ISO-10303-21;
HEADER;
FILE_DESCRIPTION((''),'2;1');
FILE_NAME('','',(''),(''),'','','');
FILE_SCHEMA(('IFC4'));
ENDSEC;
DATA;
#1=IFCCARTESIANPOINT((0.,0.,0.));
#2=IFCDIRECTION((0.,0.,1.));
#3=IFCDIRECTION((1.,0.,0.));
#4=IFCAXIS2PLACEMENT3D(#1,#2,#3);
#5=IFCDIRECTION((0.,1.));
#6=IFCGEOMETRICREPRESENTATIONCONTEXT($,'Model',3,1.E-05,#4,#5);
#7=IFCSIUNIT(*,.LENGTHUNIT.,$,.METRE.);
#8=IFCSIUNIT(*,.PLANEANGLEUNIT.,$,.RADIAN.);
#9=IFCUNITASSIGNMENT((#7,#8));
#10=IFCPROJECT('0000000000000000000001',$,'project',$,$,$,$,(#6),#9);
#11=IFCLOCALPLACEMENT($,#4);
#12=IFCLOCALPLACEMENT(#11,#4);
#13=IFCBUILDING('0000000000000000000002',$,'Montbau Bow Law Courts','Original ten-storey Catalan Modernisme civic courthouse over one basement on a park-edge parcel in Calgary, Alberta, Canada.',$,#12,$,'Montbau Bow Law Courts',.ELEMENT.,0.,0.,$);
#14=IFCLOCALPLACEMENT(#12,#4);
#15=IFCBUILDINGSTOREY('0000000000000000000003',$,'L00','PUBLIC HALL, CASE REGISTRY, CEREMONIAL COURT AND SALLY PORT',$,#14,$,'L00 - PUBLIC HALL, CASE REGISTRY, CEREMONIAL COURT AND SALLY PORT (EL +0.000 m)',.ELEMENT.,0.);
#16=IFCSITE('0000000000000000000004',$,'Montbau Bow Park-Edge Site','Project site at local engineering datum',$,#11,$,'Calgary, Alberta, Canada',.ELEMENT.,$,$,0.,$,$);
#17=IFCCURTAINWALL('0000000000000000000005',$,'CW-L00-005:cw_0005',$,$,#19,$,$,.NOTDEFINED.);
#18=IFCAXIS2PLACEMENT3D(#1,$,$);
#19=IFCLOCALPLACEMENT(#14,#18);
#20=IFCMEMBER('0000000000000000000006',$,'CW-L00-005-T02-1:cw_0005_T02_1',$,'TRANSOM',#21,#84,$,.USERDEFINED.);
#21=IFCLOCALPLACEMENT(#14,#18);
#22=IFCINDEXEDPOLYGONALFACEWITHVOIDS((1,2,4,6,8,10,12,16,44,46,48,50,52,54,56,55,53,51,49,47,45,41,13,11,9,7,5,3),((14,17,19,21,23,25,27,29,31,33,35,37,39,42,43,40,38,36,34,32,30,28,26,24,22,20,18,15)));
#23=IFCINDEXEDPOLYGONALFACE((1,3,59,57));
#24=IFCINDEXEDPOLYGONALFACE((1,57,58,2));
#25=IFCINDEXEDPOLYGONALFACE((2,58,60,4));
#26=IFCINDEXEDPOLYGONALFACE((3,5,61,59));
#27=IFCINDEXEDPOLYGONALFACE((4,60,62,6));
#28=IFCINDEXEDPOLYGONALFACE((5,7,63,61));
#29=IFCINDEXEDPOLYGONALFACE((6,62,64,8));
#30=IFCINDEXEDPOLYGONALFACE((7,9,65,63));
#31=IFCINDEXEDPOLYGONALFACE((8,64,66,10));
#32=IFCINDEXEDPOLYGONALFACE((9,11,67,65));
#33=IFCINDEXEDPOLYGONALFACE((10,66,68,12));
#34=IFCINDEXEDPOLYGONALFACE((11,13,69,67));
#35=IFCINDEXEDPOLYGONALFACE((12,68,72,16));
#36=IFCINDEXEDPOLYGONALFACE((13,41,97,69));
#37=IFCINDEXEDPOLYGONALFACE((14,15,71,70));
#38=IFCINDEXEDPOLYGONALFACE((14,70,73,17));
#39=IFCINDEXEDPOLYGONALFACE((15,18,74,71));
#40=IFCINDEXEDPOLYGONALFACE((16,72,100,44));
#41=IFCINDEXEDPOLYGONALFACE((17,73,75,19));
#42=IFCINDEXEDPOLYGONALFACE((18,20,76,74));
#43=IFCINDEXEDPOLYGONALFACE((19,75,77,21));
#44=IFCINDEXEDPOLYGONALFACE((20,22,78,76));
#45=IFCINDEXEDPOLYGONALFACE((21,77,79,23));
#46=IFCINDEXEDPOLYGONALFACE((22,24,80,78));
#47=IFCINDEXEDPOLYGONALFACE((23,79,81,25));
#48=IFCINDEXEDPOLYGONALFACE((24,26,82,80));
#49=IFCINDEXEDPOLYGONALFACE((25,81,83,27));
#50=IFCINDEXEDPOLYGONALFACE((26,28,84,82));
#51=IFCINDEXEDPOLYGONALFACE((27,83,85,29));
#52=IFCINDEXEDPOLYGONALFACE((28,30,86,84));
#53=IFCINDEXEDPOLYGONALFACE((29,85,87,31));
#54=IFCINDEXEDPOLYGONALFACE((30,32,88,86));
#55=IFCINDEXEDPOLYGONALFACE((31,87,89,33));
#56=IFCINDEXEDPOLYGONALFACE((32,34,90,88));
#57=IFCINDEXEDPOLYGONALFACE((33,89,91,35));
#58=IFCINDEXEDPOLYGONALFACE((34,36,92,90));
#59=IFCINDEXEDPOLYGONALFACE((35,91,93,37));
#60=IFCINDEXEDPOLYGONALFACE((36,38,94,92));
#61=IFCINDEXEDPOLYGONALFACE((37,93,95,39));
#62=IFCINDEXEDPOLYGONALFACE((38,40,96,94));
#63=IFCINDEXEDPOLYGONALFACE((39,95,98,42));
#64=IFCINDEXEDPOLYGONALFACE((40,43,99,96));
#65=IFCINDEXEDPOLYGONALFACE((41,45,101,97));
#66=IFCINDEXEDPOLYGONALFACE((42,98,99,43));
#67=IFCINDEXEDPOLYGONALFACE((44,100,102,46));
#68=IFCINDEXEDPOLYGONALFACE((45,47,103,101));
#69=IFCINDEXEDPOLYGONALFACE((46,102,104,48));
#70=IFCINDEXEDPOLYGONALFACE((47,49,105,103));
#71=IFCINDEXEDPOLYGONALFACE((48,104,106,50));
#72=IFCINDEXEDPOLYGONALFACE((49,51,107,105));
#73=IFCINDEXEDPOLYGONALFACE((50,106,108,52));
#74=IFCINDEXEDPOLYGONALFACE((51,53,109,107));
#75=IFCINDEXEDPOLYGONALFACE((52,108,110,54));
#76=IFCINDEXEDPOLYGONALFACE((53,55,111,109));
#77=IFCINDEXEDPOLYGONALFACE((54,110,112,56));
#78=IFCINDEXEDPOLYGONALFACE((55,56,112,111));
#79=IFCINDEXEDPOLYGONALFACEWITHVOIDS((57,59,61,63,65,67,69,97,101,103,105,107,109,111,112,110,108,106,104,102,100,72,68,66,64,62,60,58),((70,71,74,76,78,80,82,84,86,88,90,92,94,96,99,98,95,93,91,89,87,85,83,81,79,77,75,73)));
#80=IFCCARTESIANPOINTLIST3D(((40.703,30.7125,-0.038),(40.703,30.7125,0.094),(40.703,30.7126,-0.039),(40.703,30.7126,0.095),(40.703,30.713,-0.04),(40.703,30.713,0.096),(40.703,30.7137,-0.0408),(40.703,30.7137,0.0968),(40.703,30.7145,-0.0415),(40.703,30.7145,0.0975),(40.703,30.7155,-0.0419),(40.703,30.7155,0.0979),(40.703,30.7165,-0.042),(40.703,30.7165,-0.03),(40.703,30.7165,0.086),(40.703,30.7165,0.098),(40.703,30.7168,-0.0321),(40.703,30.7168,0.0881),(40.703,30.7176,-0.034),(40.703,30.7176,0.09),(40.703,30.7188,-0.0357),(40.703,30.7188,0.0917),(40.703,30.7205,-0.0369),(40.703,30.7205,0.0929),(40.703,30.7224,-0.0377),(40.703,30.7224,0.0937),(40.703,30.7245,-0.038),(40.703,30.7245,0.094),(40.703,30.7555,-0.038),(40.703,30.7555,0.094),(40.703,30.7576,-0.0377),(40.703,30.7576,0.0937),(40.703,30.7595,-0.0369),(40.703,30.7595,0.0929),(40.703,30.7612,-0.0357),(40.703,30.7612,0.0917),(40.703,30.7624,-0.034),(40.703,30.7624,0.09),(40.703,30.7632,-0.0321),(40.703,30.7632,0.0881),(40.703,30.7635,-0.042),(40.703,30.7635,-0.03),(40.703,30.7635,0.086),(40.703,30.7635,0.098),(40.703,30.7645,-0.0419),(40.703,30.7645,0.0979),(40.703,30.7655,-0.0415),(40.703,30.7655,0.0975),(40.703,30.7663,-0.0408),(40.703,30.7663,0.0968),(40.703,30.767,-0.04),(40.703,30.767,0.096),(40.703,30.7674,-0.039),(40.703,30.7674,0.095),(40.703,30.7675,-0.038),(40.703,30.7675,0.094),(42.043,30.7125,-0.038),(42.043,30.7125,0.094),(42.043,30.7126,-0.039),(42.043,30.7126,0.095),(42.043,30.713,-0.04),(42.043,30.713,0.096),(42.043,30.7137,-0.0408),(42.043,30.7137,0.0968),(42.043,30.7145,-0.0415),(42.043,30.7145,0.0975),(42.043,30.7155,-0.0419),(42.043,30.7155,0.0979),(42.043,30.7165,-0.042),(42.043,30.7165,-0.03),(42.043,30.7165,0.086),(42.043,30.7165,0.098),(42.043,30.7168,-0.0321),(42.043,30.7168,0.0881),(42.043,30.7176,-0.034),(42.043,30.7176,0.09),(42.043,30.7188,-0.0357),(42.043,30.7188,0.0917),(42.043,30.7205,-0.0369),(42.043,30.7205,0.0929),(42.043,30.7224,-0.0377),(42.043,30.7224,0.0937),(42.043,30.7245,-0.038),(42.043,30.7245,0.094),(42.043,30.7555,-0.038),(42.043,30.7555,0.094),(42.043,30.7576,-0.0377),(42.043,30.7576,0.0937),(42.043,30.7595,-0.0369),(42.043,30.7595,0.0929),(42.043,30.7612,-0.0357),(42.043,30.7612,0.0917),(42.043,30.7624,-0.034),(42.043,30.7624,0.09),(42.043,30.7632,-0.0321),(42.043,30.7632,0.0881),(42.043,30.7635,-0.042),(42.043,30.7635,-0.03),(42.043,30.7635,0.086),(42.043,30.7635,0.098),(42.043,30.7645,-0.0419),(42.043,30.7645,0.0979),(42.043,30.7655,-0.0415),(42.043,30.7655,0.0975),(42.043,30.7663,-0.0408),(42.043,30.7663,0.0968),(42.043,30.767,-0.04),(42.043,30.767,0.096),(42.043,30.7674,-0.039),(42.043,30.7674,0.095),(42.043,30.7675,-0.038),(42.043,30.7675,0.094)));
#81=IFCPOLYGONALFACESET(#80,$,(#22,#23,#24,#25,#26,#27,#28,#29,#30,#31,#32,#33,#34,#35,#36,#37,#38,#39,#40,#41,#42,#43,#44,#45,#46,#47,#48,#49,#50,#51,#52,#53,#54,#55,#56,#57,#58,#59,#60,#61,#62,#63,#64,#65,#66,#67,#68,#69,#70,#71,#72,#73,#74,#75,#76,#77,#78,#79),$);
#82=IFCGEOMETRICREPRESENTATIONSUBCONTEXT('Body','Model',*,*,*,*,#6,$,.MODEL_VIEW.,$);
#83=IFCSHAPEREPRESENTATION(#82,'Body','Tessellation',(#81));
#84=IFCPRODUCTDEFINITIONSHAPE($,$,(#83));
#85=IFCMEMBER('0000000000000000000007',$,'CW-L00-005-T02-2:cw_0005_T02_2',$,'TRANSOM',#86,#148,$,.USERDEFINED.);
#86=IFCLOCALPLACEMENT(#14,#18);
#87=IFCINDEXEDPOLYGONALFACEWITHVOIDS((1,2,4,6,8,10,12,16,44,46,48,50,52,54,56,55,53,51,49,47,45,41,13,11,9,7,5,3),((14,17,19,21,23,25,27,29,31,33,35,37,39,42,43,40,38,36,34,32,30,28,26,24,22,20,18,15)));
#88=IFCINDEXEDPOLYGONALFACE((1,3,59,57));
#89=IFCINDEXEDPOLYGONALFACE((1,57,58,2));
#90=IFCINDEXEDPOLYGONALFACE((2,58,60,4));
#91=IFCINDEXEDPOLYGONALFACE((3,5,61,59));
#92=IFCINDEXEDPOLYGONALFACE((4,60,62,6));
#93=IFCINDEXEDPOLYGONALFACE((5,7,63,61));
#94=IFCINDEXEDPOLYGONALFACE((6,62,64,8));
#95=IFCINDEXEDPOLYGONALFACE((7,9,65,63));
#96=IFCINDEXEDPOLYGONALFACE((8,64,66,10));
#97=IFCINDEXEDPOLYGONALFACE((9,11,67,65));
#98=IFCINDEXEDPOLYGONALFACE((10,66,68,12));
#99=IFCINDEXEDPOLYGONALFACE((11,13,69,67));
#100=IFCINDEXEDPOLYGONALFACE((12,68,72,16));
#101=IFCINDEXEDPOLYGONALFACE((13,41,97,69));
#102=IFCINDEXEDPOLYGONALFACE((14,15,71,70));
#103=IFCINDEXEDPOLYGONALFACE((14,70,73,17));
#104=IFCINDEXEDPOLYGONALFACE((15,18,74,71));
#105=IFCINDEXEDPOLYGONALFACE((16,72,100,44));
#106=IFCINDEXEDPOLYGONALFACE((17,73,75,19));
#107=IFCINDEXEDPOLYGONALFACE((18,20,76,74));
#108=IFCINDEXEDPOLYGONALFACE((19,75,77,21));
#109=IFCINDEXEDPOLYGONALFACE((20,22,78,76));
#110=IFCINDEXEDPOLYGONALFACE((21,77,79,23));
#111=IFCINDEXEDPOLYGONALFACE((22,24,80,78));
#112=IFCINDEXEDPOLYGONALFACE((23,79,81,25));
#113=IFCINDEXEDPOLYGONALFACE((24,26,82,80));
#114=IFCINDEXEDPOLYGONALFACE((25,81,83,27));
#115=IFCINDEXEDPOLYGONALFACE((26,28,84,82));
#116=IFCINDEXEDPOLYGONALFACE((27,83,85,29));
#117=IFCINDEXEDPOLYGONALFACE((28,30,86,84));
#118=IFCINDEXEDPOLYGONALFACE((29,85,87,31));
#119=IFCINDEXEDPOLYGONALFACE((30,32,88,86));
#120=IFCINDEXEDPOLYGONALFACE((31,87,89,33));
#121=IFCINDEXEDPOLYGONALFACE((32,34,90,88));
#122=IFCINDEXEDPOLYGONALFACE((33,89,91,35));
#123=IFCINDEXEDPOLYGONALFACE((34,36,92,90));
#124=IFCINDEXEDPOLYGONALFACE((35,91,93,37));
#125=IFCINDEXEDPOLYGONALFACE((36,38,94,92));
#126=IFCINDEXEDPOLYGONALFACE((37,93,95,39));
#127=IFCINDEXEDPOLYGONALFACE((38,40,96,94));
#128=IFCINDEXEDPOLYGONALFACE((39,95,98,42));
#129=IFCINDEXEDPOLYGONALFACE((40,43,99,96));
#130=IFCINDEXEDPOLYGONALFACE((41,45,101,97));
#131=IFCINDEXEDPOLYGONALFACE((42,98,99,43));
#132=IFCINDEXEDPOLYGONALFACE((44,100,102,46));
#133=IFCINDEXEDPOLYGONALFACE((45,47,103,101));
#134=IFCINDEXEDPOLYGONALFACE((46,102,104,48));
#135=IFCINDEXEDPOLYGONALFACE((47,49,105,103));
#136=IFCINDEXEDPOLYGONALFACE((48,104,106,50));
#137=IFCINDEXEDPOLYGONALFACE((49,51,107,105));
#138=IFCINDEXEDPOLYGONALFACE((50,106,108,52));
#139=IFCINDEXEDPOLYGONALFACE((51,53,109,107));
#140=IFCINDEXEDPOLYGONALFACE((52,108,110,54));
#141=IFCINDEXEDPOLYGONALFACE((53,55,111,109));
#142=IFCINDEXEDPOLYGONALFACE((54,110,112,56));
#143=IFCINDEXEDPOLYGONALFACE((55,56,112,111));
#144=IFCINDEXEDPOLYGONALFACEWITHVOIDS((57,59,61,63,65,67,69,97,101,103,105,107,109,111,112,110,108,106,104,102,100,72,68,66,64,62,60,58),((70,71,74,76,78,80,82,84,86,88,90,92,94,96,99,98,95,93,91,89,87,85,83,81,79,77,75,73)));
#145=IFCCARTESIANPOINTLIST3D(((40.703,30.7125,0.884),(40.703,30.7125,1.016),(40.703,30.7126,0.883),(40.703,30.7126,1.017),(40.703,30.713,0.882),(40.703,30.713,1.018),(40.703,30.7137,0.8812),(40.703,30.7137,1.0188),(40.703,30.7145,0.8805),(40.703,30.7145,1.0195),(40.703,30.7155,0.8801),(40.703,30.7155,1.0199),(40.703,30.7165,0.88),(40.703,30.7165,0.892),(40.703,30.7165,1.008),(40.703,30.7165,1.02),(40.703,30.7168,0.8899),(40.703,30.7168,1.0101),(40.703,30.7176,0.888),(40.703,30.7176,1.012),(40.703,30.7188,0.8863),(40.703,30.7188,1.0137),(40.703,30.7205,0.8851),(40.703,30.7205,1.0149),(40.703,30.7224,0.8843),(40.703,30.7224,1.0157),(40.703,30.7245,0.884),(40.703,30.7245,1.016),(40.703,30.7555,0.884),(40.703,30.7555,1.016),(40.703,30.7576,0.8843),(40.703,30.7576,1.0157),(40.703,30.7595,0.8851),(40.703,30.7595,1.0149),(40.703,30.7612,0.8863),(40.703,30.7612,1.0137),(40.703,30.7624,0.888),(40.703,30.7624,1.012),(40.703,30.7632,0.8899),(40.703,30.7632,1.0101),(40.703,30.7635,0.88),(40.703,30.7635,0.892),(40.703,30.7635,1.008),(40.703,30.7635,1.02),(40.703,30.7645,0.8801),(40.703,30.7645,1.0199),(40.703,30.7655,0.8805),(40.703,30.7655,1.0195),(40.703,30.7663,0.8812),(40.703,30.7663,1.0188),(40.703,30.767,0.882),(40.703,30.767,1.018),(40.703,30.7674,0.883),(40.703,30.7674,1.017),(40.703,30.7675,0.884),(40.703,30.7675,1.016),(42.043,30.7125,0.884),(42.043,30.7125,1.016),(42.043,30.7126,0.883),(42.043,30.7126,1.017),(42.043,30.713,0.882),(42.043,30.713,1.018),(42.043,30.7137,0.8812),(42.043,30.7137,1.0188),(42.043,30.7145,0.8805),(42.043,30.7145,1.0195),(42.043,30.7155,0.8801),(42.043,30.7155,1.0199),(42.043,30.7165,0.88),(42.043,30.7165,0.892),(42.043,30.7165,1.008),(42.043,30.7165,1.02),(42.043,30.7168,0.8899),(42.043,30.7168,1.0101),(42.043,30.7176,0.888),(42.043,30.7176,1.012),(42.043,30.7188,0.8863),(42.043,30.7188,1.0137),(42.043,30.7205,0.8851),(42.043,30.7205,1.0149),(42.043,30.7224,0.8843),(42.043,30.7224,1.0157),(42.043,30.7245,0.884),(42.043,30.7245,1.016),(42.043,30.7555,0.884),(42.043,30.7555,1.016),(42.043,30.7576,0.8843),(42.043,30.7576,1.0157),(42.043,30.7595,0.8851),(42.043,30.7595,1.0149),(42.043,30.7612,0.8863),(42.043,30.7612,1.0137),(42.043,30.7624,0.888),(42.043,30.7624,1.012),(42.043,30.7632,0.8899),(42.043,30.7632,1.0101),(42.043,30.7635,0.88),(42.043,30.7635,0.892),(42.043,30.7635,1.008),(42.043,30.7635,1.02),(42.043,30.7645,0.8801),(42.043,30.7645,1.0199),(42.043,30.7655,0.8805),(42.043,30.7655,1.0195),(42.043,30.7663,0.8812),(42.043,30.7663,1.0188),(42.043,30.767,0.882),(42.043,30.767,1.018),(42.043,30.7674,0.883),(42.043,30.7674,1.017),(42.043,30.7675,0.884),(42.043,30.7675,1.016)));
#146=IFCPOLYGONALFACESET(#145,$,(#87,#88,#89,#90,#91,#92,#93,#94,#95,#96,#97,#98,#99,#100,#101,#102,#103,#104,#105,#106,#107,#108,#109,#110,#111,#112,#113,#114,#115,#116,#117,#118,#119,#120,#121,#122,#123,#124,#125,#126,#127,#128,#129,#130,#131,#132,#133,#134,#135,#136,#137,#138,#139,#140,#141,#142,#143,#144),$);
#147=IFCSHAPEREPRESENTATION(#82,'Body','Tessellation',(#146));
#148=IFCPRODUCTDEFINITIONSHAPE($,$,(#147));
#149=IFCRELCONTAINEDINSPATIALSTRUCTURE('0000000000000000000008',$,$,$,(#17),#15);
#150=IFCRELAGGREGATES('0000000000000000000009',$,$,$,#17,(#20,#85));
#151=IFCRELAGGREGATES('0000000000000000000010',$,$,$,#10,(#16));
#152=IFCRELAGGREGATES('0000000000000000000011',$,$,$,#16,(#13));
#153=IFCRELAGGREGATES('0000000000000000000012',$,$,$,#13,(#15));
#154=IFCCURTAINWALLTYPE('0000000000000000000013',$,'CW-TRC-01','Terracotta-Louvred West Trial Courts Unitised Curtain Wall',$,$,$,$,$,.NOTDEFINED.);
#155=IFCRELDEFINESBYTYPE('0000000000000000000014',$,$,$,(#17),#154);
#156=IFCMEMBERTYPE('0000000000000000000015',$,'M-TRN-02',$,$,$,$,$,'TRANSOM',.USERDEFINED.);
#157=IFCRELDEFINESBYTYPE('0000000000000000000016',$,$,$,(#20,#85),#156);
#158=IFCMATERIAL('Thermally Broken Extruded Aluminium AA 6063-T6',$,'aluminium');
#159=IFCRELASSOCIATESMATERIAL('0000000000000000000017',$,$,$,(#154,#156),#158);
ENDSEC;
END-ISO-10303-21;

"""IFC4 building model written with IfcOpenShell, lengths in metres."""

from ifc_helpers import new_model, si_unit, direction, frame, origin_with_axes, origin_2d_with_axis, place, context, subcontext, project, spatial, hollow_rectangle, extrude, material, material_profile, profile_set, type_object, element, aggregate, save


model = new_model("IFC4")

# Units and contexts
model_context = context("Model", 3, precision=1e-05, world=origin_with_axes(), true_north=direction((0.0, 1.0)))
body_context = subcontext(model_context, "Body", "Model", "MODEL_VIEW")
ifc_project = project(units=[si_unit("LENGTHUNIT", "METRE"), si_unit("PLANEANGLEUNIT", "RADIAN")], contexts=[model_context])

# Site, building, storey
site_placement = place(None, origin_with_axes())
site = spatial("IfcSite", under=ifc_project, at=site_placement, Name="Montbau Bow Park-Edge Site", Description="Project site at local engineering datum", LongName="Calgary, Alberta, Canada", CompositionType="ELEMENT", RefElevation=0.0)
building_placement = place(site_placement, origin_with_axes())
building = spatial("IfcBuilding", under=site, at=building_placement, Name="Montbau Bow Law Courts", Description="Original ten-storey Catalan Modernisme civic courthouse over one basement on a park-edge parcel in Calgary, Alberta, Canada.", LongName="Montbau Bow Law Courts", CompositionType="ELEMENT", ElevationOfRefHeight=0.0, ElevationOfTerrain=0.0)
storey_placement = place(building_placement, origin_with_axes())
storey = spatial("IfcBuildingStorey", under=building, at=storey_placement, Name="L00", Description="PUBLIC HALL, CASE REGISTRY, CEREMONIAL COURT AND SALLY PORT", LongName="L00 - PUBLIC HALL, CASE REGISTRY, CEREMONIAL COURT AND SALLY PORT (EL +0.000 m)", CompositionType="ELEMENT", Elevation=0.0)

# Shared definitions
ifc_material_1 = material(Name="Thermally Broken Extruded Aluminium AA 6063-T6", Category="aluminium")
curtain_wall_type = type_object("IfcCurtainWallType", Name="CW-TRC-01", Description="Terracotta-Louvred West Trial Courts Unitised Curtain Wall", PredefinedType="NOTDEFINED", material=ifc_material_1)

# Curtain wall
curtain_wall_1_placement = place(None, frame((39.268, 30.74, 0.0), z_axis=(0.0, 0.0, 1.0), x_axis=(1.0, 0.0, 0.0)))
curtain_wall_1 = element("IfcCurtainWall", 1, at=curtain_wall_1_placement, inside=storey, type_object=curtain_wall_type, Name="CW-L00-005:cw_0005", PredefinedType="NOTDEFINED")

# Members
ifc_material_profile_1 = material_profile(ifc_material_1, hollow_rectangle(XDim=0.055, YDim=0.14, WallThickness=0.004, InnerFilletRadius=0.008, OuterFilletRadius=0.004, at=origin_2d_with_axis()), Name="CWT-140X55", Category="Main", Priority=0)
ifc_profile_set_1 = profile_set([ifc_material_profile_1], Name="Thermally Broken Extruded Aluminium AA 6063-T6")
member_type_1 = type_object("IfcMemberType", Name="M-TRN-02", ElementType="TRANSOM", PredefinedType="USERDEFINED", material=ifc_profile_set_1)
member_1_placement = place(None, frame((40.703, 30.74, 0.028), z_axis=(1.0, 0.0, 0.0), x_axis=(0.0, 1.0, 0.0)))
member_1 = element("IfcMember", 2, at=member_1_placement, type_object=member_type_1, Name="CW-L00-005-T02-1:cw_0005_T02_1", ObjectType="TRANSOM", PredefinedType="USERDEFINED", context=body_context, shape_type="SweptSolid", body=[
    extrude(hollow_rectangle(XDim=0.055, YDim=0.14, WallThickness=0.004, InnerFilletRadius=0.008, OuterFilletRadius=0.004, at=origin_2d_with_axis()), origin_with_axes(), (0.0, 0.0, 1.0), 1.34),
])
member_2_placement = place(None, frame((40.703, 30.74, 0.95), z_axis=(1.0, 0.0, 0.0), x_axis=(0.0, 1.0, 0.0)))
member_2 = element("IfcMember", 3, at=member_2_placement, type_object=member_type_1, Name="CW-L00-005-T02-2:cw_0005_T02_2", ObjectType="TRANSOM", PredefinedType="USERDEFINED", context=body_context, shape_type="SweptSolid", body=[
    extrude(hollow_rectangle(XDim=0.055, YDim=0.14, WallThickness=0.004, InnerFilletRadius=0.008, OuterFilletRadius=0.004, at=origin_2d_with_axis()), origin_with_axes(), (0.0, 0.0, 1.0), 1.34),
])

aggregate(curtain_wall_1, [member_1, member_2])

save(model, "model.ifc")
